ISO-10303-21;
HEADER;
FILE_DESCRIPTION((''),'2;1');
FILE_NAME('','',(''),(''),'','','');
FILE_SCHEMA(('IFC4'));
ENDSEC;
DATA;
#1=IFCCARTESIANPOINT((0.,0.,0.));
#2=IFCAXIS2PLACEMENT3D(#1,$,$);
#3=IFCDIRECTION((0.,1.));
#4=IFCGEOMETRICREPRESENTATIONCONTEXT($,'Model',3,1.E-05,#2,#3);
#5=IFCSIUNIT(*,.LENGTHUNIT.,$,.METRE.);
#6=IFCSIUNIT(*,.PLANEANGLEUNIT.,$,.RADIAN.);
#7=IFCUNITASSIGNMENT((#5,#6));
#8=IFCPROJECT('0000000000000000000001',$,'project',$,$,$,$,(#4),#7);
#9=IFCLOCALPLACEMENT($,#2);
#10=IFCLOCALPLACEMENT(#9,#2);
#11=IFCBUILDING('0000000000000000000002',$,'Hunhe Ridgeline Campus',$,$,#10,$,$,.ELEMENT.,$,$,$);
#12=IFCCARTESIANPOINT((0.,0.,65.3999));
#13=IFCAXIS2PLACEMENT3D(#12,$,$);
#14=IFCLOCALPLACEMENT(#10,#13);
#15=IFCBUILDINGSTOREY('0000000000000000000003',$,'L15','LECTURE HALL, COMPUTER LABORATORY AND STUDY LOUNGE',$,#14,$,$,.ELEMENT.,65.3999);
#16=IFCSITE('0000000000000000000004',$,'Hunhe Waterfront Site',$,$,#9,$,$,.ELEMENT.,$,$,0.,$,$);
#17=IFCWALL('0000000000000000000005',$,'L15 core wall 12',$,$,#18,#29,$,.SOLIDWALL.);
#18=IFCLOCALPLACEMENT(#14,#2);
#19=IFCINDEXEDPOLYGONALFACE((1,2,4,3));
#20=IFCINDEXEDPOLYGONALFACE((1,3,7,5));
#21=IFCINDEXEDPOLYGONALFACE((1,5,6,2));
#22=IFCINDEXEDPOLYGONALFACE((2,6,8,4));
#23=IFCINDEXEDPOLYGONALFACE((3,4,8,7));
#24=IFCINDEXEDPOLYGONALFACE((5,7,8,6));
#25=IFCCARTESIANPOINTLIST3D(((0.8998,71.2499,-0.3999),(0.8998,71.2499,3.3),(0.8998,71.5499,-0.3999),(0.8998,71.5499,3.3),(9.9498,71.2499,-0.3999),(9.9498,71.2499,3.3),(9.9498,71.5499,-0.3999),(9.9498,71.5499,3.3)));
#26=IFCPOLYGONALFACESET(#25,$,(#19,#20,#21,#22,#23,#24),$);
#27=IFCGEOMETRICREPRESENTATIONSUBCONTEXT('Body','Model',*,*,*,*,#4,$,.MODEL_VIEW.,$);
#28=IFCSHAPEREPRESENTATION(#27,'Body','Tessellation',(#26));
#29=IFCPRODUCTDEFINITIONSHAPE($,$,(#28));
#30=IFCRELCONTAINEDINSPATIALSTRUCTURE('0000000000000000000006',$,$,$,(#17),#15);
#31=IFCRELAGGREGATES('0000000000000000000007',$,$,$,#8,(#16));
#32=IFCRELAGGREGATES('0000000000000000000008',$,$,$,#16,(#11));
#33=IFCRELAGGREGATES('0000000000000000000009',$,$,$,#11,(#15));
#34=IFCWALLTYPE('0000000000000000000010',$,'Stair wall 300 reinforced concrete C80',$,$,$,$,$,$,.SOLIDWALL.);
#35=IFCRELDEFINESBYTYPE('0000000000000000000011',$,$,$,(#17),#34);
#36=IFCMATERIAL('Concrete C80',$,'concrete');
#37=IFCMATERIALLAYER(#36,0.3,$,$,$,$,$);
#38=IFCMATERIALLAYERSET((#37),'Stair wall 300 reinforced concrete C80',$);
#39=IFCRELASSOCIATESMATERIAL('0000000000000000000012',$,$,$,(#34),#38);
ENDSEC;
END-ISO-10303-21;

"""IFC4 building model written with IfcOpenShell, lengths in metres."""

from ifc_helpers import new_model, si_unit, direction, frame, frame_2d, origin, place, context, subcontext, project, spatial, rectangle, extrude, material, layer, layer_set, type_object, element, save


model = new_model("IFC4")

# Units and contexts
model_context = context("Model", 3, precision=1e-05, world=origin(), true_north=direction((0.0, 1.0)))
body_context = subcontext(model_context, "Body", "Model", "MODEL_VIEW")
ifc_project = project(units=[si_unit("LENGTHUNIT", "METRE"), si_unit("PLANEANGLEUNIT", "RADIAN")], contexts=[model_context])

# Site, building, storey
site_placement = place(None, origin())
site = spatial("IfcSite", under=ifc_project, at=site_placement, Name="Hunhe Waterfront Site", CompositionType="ELEMENT", RefElevation=0.0)
building_placement = place(site_placement, origin())
building = spatial("IfcBuilding", under=site, at=building_placement, Name="Hunhe Ridgeline Campus", CompositionType="ELEMENT")
storey_placement = place(building_placement, frame((0.0, 0.0, 65.3999)))
storey = spatial("IfcBuildingStorey", under=building, at=storey_placement, Name="L15", Description="LECTURE HALL, COMPUTER LABORATORY AND STUDY LOUNGE", CompositionType="ELEMENT", Elevation=65.3999)

# Shared definitions
ifc_material_1 = material(Name="Concrete C80", Category="concrete")

# Wall
ifc_layer_1 = layer(ifc_material_1, 0.3)
ifc_layer_set_1 = layer_set([ifc_layer_1], Name="Stair wall 300 reinforced concrete C80")
wall_type_1 = type_object("IfcWallType", Name="Stair wall 300 reinforced concrete C80", PredefinedType="SOLIDWALL", material=ifc_layer_set_1)
wall_1_placement = place(storey_placement, frame((0.8999, 71.3999, -0.3999), z_axis=(0.0, 0.0, 1.0), x_axis=(1.0, 0.0, 0.0)))
element("IfcWall", 1, at=wall_1_placement, inside=storey, type_object=wall_type_1, Name="L15 core wall 12", PredefinedType="SOLIDWALL", context=body_context, shape_type="SweptSolid", body=[
    extrude(rectangle(XDim=9.05, YDim=0.3, at=frame_2d((4.5249, 0.0))), origin(), (0.0, 0.0, 1.0), 3.7),
])

save(model, "model.ifc")
